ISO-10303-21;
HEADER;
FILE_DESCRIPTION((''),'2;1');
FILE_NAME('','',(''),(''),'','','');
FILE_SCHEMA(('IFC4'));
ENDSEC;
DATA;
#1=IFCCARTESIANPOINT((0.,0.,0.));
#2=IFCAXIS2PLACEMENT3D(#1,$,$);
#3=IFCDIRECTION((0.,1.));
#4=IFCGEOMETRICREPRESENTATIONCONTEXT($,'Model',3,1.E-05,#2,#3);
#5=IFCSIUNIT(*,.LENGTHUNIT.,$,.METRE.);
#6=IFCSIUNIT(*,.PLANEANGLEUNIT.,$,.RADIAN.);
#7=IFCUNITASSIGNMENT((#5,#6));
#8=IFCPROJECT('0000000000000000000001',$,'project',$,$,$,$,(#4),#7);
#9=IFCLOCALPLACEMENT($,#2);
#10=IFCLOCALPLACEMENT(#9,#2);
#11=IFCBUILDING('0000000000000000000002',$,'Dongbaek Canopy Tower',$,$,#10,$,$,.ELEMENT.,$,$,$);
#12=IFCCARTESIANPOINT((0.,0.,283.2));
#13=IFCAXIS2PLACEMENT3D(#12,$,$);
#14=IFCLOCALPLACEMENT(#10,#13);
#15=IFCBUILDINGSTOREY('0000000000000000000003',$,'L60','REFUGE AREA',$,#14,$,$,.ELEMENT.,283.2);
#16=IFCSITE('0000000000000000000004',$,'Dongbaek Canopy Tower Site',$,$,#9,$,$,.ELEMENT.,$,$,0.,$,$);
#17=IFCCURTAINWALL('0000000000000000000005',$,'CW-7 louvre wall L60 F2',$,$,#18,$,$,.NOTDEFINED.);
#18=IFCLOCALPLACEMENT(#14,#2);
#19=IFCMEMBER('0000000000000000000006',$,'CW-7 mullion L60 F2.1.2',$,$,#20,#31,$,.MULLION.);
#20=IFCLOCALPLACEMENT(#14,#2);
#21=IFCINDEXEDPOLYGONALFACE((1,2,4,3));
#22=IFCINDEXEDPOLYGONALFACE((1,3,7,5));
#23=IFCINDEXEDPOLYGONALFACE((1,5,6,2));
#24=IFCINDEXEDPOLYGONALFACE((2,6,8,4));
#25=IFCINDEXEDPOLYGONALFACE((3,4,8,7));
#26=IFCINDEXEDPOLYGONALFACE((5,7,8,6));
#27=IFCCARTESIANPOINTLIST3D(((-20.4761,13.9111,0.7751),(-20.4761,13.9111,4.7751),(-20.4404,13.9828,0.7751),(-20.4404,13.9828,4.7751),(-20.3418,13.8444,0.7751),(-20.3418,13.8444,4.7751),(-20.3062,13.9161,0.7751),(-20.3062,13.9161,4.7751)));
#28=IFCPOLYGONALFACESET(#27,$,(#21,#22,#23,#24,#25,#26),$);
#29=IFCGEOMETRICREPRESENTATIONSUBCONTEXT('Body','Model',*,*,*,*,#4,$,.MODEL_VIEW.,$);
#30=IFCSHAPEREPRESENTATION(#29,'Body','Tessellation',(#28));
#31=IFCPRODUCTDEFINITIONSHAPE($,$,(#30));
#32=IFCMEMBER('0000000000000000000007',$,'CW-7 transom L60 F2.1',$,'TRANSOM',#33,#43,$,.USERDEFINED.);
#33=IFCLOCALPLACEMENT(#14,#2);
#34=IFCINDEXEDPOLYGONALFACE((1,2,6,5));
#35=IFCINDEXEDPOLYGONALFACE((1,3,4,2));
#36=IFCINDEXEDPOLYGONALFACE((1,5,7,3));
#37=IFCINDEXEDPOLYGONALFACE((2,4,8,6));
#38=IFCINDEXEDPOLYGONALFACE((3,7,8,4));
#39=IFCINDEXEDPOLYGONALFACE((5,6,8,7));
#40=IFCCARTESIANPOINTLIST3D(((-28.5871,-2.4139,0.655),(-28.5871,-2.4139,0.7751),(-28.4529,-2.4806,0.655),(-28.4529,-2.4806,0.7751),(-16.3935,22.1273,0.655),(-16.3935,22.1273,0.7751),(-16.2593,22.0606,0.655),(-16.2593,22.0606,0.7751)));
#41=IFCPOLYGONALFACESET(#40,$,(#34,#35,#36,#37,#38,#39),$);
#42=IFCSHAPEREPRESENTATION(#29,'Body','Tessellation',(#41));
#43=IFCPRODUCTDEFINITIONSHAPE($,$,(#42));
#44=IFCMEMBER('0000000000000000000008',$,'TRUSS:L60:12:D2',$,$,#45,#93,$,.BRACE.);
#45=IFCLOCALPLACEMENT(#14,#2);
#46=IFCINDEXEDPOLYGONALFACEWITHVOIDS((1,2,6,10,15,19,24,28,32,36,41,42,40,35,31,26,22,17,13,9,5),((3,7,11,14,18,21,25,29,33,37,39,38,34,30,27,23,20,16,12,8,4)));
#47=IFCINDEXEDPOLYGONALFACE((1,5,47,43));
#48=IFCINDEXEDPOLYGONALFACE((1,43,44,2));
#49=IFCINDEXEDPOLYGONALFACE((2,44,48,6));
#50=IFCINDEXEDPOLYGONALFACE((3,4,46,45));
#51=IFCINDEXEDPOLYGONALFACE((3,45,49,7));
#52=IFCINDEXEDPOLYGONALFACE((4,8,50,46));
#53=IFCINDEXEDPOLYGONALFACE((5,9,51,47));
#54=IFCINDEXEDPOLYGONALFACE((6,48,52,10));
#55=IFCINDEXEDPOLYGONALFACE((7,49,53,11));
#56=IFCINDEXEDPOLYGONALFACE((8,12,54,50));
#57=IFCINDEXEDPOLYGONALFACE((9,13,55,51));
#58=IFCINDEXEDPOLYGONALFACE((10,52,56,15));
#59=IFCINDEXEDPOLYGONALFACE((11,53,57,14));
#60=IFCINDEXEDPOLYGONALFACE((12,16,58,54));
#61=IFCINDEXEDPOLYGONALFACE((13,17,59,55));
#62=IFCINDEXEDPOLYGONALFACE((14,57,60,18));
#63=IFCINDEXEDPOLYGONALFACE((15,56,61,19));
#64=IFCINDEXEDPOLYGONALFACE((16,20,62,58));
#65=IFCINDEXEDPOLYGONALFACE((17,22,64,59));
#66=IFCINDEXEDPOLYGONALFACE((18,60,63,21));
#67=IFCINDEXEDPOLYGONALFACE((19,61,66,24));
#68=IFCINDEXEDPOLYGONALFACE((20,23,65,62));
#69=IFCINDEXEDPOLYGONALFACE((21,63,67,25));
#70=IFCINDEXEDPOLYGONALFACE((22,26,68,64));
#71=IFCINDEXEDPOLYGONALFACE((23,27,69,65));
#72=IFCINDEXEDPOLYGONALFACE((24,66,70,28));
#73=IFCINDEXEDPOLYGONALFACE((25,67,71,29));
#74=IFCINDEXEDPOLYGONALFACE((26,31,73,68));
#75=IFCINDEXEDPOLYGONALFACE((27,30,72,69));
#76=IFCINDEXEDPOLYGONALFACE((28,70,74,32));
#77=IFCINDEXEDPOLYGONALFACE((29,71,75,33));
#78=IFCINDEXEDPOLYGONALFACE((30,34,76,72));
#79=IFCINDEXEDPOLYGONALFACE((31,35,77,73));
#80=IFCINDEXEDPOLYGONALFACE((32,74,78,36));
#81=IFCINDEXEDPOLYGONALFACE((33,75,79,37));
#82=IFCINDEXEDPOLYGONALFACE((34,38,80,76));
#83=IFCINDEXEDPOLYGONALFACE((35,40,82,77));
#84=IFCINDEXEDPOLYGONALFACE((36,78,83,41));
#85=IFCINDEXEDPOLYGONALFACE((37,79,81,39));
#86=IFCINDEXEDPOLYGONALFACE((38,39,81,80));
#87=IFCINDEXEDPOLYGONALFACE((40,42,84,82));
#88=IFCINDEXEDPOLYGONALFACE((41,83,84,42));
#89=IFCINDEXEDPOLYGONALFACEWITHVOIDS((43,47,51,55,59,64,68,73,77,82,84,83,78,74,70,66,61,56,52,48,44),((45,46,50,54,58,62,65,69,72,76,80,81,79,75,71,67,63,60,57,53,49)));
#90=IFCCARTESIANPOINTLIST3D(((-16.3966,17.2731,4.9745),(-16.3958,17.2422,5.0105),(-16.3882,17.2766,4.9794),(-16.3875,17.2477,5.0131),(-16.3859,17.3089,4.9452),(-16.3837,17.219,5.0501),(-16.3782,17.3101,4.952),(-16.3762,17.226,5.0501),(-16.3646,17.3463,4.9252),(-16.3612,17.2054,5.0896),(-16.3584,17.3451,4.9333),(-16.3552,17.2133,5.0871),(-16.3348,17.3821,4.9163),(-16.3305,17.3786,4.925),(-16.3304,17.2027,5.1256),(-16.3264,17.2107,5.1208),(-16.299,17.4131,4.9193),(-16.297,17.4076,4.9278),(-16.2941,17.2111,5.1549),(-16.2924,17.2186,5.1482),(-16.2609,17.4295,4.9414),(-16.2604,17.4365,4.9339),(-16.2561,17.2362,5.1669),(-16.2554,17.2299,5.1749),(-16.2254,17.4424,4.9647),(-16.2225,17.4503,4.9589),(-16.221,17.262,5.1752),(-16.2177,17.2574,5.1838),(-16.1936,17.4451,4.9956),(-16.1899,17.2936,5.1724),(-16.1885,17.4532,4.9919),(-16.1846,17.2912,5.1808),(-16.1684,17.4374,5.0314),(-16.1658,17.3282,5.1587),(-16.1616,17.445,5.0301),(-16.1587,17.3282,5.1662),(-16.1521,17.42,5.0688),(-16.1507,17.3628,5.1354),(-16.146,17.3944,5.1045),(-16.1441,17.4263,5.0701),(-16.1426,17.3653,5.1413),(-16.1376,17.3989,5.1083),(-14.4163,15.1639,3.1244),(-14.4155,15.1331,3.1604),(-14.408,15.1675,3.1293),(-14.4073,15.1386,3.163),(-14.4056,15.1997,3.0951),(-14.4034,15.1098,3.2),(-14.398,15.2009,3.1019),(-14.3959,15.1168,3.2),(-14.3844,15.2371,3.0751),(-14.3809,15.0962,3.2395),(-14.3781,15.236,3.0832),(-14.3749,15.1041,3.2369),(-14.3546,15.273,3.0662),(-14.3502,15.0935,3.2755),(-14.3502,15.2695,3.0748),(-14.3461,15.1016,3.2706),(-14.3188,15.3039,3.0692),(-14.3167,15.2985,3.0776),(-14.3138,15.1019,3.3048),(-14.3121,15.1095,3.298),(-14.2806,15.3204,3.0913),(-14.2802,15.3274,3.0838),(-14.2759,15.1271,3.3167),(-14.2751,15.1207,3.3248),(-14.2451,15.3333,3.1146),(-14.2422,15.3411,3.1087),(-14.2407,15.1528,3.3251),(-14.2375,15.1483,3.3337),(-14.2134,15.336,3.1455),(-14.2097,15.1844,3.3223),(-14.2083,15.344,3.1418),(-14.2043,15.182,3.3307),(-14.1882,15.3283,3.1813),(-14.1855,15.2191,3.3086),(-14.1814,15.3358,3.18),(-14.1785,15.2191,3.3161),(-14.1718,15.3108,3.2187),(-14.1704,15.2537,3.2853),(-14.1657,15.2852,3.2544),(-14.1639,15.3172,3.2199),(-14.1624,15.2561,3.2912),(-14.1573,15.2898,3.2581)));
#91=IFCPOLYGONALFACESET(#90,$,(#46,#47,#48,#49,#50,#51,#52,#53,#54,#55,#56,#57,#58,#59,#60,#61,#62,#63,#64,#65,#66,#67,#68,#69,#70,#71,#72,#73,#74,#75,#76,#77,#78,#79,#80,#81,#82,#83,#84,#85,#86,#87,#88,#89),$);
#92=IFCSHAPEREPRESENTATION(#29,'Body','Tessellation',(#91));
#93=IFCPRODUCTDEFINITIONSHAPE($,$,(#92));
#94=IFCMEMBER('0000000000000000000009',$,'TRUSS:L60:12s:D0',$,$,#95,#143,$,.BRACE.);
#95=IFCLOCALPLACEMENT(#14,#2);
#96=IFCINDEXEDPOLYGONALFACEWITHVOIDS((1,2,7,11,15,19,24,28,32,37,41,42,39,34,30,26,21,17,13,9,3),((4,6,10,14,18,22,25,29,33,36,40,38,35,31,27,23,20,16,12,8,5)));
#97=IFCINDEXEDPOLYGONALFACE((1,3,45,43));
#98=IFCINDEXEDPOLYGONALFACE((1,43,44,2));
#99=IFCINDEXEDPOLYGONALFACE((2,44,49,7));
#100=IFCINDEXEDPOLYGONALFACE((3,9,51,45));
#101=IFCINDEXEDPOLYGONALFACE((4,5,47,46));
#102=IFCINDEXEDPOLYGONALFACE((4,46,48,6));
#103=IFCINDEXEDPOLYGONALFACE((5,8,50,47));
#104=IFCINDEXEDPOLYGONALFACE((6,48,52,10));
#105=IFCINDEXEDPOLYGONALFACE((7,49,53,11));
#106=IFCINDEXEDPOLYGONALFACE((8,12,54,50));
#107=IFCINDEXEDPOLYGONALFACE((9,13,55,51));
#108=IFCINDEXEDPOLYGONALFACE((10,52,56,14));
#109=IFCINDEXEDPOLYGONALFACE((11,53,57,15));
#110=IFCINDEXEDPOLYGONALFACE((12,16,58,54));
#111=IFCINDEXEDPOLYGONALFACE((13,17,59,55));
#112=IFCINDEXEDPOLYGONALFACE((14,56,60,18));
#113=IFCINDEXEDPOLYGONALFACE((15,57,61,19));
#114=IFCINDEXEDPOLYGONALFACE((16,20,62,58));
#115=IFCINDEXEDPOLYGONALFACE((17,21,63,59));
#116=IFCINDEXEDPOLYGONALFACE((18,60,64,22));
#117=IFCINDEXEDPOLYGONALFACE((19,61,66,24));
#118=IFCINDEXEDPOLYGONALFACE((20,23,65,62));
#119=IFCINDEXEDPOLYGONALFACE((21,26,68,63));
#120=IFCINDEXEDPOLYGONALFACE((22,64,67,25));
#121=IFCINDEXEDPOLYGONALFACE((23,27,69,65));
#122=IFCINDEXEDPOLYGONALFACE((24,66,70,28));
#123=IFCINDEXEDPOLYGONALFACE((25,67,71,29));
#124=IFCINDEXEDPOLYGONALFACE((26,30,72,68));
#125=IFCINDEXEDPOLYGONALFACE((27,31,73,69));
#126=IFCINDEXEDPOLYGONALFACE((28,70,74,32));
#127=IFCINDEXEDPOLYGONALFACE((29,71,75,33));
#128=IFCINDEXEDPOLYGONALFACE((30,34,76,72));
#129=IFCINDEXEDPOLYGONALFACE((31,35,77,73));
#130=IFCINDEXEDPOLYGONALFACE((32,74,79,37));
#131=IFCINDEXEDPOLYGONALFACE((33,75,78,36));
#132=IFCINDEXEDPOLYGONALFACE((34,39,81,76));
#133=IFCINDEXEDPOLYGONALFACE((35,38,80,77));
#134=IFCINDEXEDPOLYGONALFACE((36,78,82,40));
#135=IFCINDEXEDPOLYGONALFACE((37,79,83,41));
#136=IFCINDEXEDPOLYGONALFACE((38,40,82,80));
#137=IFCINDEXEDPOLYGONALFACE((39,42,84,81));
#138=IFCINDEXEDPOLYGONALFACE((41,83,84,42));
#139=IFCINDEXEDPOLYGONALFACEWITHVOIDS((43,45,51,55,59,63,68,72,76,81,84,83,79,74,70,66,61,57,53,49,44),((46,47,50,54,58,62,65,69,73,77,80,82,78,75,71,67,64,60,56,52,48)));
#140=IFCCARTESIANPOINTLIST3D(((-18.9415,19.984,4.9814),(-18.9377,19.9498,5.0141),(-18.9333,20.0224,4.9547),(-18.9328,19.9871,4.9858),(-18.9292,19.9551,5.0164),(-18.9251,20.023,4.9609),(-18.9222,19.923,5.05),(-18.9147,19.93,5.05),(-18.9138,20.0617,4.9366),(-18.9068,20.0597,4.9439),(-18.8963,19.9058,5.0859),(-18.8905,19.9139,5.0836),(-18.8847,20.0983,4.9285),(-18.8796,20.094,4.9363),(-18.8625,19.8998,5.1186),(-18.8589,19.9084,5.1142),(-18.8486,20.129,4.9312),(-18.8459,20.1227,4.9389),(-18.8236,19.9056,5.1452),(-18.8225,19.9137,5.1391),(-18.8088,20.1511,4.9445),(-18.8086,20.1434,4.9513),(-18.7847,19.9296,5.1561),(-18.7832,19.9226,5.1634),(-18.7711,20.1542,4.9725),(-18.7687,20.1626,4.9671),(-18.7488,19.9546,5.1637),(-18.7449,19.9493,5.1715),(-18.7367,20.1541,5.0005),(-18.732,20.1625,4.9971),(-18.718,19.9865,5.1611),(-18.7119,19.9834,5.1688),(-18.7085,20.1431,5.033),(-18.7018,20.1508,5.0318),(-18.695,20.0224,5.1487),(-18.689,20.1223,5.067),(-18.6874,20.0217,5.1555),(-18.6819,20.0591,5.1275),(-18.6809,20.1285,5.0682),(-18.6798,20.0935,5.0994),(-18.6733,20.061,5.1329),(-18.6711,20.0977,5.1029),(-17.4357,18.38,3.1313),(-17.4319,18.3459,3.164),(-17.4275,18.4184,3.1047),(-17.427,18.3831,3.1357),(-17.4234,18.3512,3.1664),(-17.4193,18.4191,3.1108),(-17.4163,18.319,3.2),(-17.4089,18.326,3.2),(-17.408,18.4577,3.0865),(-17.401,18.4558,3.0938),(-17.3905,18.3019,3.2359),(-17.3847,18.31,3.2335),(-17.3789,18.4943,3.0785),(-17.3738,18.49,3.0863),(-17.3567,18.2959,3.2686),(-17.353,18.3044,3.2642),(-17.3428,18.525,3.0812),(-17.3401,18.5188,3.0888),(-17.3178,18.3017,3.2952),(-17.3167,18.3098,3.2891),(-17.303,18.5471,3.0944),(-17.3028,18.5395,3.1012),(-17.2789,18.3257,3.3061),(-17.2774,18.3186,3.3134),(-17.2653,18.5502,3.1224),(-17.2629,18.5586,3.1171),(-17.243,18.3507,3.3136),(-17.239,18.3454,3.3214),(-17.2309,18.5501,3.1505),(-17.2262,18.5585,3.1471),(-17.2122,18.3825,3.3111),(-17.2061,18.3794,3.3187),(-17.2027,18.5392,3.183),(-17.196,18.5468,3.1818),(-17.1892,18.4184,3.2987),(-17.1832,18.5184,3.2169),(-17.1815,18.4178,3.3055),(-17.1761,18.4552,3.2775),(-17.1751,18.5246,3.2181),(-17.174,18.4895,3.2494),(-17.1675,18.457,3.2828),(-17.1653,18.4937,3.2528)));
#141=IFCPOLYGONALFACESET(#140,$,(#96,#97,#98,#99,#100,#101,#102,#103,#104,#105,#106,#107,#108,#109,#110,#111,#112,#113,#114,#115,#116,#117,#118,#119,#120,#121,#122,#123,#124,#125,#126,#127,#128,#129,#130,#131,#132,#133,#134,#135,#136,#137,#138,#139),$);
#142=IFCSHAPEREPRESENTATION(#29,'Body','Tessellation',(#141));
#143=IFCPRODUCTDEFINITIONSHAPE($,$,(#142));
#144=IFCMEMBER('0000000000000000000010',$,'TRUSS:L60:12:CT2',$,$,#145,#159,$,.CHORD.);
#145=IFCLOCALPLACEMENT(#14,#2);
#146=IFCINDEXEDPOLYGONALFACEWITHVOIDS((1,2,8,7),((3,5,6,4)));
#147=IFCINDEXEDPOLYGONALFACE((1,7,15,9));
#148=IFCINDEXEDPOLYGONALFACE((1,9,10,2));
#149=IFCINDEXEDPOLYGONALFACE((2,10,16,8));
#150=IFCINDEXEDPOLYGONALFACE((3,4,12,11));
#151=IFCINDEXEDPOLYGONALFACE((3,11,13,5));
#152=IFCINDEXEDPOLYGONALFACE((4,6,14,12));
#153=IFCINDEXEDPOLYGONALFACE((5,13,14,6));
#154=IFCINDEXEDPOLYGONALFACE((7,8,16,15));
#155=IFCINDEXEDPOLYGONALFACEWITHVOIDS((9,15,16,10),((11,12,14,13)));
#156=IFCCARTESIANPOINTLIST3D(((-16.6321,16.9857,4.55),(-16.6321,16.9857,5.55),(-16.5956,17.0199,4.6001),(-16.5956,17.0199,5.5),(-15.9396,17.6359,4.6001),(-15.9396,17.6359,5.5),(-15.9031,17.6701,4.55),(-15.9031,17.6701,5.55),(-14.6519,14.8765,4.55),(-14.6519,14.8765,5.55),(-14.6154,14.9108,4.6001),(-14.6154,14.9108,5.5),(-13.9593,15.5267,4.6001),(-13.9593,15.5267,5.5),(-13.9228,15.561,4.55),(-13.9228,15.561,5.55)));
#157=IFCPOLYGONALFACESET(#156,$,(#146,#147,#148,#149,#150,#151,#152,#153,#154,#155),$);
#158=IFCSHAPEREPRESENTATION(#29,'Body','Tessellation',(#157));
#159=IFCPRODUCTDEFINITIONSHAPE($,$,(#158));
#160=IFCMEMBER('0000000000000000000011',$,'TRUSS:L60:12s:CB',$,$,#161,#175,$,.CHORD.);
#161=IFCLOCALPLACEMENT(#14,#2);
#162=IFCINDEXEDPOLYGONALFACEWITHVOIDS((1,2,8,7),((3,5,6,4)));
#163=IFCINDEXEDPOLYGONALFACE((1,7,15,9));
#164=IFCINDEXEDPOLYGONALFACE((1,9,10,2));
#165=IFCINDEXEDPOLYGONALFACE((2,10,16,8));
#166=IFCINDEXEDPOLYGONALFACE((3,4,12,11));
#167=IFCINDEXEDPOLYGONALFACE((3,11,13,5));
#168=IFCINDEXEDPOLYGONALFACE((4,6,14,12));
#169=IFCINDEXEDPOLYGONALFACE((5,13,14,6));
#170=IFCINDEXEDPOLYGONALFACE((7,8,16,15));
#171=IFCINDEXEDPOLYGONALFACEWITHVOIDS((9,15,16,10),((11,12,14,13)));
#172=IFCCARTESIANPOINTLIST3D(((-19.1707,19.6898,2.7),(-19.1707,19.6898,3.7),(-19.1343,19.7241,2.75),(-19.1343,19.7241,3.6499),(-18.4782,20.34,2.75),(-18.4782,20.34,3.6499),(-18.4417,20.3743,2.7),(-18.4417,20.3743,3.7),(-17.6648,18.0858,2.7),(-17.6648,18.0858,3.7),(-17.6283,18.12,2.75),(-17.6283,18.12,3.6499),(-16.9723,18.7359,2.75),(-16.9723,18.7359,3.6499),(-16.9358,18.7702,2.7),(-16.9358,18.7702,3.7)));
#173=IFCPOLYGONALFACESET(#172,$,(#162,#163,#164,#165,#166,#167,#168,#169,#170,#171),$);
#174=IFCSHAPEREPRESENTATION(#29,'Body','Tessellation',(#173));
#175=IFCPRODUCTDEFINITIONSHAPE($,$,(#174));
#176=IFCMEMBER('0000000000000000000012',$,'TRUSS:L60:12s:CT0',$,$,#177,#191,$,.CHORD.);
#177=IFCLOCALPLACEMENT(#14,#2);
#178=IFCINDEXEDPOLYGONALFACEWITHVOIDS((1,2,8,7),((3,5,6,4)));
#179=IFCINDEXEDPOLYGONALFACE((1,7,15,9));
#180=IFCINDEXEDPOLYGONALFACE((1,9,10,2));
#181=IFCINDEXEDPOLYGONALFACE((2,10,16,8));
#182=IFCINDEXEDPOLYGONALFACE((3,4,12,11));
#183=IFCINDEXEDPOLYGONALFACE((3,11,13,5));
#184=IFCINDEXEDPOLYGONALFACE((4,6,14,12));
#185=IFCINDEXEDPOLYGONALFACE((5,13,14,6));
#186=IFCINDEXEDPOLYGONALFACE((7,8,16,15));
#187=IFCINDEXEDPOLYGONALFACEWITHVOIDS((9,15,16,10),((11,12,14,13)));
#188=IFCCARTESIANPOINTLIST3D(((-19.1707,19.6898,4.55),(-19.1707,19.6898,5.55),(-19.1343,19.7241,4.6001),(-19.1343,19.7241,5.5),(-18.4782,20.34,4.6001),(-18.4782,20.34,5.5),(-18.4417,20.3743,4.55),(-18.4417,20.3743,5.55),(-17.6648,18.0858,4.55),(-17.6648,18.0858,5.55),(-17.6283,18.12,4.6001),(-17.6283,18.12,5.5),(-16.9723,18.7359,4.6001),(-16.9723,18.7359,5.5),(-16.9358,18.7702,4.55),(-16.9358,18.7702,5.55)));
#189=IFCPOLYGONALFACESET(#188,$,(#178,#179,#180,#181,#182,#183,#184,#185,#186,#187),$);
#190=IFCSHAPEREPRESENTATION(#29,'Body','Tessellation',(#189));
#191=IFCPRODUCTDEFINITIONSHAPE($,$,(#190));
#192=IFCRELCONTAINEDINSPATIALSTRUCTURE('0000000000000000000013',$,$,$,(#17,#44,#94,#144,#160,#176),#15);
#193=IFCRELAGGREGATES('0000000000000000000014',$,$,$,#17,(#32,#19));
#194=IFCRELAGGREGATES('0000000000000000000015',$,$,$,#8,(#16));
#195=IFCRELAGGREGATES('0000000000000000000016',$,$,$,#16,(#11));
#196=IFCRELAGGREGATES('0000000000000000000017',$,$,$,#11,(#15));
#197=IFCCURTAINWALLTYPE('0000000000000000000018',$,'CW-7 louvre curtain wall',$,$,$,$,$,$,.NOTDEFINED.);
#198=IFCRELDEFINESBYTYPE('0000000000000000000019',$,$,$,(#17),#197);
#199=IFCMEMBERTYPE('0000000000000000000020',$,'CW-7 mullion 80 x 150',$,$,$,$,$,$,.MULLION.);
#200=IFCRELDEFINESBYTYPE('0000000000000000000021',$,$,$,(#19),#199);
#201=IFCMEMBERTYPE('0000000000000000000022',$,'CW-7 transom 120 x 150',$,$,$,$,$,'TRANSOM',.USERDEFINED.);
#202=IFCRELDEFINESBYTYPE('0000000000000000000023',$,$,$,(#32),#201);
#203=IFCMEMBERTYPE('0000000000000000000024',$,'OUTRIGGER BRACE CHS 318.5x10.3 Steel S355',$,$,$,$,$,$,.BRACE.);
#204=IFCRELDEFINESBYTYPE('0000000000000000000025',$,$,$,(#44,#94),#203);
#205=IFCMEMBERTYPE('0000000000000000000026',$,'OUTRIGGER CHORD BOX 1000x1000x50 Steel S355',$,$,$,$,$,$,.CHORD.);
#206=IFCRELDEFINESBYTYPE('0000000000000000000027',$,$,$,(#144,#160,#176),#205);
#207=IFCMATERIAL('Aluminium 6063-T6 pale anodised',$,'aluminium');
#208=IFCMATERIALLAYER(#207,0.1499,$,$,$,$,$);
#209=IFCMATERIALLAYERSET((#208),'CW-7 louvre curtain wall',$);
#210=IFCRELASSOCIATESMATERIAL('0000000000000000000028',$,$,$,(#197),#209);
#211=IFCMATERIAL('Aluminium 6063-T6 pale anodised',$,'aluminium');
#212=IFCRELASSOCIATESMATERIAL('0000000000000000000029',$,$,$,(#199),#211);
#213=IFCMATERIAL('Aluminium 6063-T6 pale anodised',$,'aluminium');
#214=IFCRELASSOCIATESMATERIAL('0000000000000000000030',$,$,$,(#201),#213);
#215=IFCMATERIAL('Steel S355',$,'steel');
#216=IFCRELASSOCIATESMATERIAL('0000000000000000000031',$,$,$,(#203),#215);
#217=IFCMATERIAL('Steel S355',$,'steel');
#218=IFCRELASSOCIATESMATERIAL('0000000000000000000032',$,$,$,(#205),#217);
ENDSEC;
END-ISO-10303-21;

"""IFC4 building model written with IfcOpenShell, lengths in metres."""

from ifc_helpers import new_model, si_unit, direction, frame, origin, origin_2d, place, context, subcontext, project, spatial, rectangle, hollow_rectangle, hollow_circle, extrude, material, layer, layer_set, material_profile, profile_set, type_object, element, aggregate, save


model = new_model("IFC4")

# Units and contexts
model_context = context("Model", 3, precision=1e-05, world=origin(), true_north=direction((0.0, 1.0)))
body_context = subcontext(model_context, "Body", "Model", "MODEL_VIEW")
ifc_project = project(units=[si_unit("LENGTHUNIT", "METRE"), si_unit("PLANEANGLEUNIT", "RADIAN")], contexts=[model_context])

# Site, building, storey
site_placement = place(None, origin())
site = spatial("IfcSite", under=ifc_project, at=site_placement, Name="Dongbaek Canopy Tower Site", CompositionType="ELEMENT", RefElevation=0.0)
building_placement = place(site_placement, origin())
building = spatial("IfcBuilding", under=site, at=building_placement, Name="Dongbaek Canopy Tower", CompositionType="ELEMENT")
storey_placement = place(building_placement, frame((0.0, 0.0, 283.2)))
storey = spatial("IfcBuildingStorey", under=building, at=storey_placement, Name="L60", Description="REFUGE AREA", CompositionType="ELEMENT", Elevation=283.2)

# Shared definitions
ifc_material_1 = material(Name="Aluminium 6063-T6 pale anodised", Category="aluminium")
ifc_layer_1 = layer(ifc_material_1, 0.1499)
ifc_layer_set_1 = layer_set([ifc_layer_1], Name="CW-7 louvre curtain wall")
curtain_wall_type = type_object("IfcCurtainWallType", Name="CW-7 louvre curtain wall", PredefinedType="NOTDEFINED", material=ifc_layer_set_1)
ifc_material_2 = material(Name="Aluminium 6063-T6 pale anodised", Category="aluminium")
ifc_material_profile_1 = material_profile(ifc_material_2, rectangle(XDim=0.1499, YDim=0.0801, at=origin_2d()), Name="CW-7 mullion 80 x 150")
ifc_profile_set_1 = profile_set([ifc_material_profile_1], Name="Aluminium 6063-T6 pale anodised")
member_type_1 = type_object("IfcMemberType", Name="CW-7 mullion 80 x 150", PredefinedType="MULLION", material=ifc_profile_set_1)

# Curtain wall, members
curtain_wall_1_placement = place(storey_placement, origin())
curtain_wall_1 = element("IfcCurtainWall", 1, at=curtain_wall_1_placement, inside=storey, type_object=curtain_wall_type, Name="CW-7 louvre wall L60 F2", PredefinedType="NOTDEFINED")
member_1_placement = place(storey_placement, frame((-20.3911, 13.9136, 0.7751), z_axis=(0.0, 0.0, 1.0), x_axis=(-0.895549, 0.444962, 0.0)))
member_1 = element("IfcMember", 2, at=member_1_placement, type_object=member_type_1, Name="CW-7 mullion L60 F2.1.2", PredefinedType="MULLION", context=body_context, shape_type="SweptSolid", body=[
    extrude(rectangle(XDim=0.1499, YDim=0.0801, at=origin_2d()), origin(), (0.0, 0.0, 1.0), 4.0),
])
ifc_material_3 = material(Name="Aluminium 6063-T6 pale anodised", Category="aluminium")
ifc_material_profile_2 = material_profile(ifc_material_3, rectangle(XDim=0.1499, YDim=0.1201, at=origin_2d()), Name="CW-7 transom 120 x 150")
ifc_profile_set_2 = profile_set([ifc_material_profile_2], Name="Aluminium 6063-T6 pale anodised")
member_type_2 = type_object("IfcMemberType", Name="CW-7 transom 120 x 150", ElementType="TRANSOM", PredefinedType="USERDEFINED", material=ifc_profile_set_2)
member_2_placement = place(storey_placement, frame((-16.3264, 22.094, 0.7151), z_axis=(-0.444964, -0.895549, 0.0), x_axis=(0.895549, -0.444964, 0.0)))
member_2 = element("IfcMember", 3, at=member_2_placement, type_object=member_type_2, Name="CW-7 transom L60 F2.1", ObjectType="TRANSOM", PredefinedType="USERDEFINED", context=body_context, shape_type="SweptSolid", body=[
    extrude(rectangle(XDim=0.1499, YDim=0.1201, at=origin_2d()), origin(), (0.0, 0.0, 1.0), 27.4036),
])

# Members
ifc_material_4 = material(Name="Steel S355", Category="steel")
ifc_material_profile_3 = material_profile(ifc_material_4, hollow_circle(Radius=0.1592, WallThickness=0.0103, at=origin_2d()), Name="OUTRIGGER BRACE CHS 318.5x10.3 Steel S355")
ifc_profile_set_3 = profile_set([ifc_material_profile_3], Name="Steel S355")
member_type_3 = type_object("IfcMemberType", Name="OUTRIGGER BRACE CHS 318.5x10.3 Steel S355", PredefinedType="BRACE", material=ifc_profile_set_3)
member_3_placement = place(storey_placement, frame((-14.2874, 15.2188, 3.2), z_axis=(-0.576647, 0.614185, 0.538754), x_axis=(-0.729034, -0.684477, 0.0)))
element("IfcMember", 4, at=member_3_placement, inside=storey, type_object=member_type_3, Name="TRUSS:L60:12:D2", PredefinedType="BRACE", context=body_context, shape_type="SweptSolid", body=[
    extrude(hollow_circle(Radius=0.1592, WallThickness=0.0103, at=origin_2d()), origin(), (0.0, 0.0, 1.0), 3.4341),
])
member_4_placement = place(storey_placement, frame((-17.3003, 18.428, 3.2), z_axis=(-0.523851, 0.557993, 0.643603), x_axis=(-0.729059, -0.68445, 0.0)))
element("IfcMember", 5, at=member_4_placement, inside=storey, type_object=member_type_3, Name="TRUSS:L60:12s:D0", PredefinedType="BRACE", context=body_context, shape_type="SweptSolid", body=[
    extrude(hollow_circle(Radius=0.1592, WallThickness=0.0103, at=origin_2d()), origin(), (0.0, 0.0, 1.0), 2.8745),
])
ifc_material_5 = material(Name="Steel S355", Category="steel")
ifc_material_profile_4 = material_profile(ifc_material_5, hollow_rectangle(XDim=1.0, YDim=1.0, WallThickness=0.05, at=origin_2d()), Name="OUTRIGGER CHORD BOX 1000x1000x50 Steel S355")
ifc_profile_set_4 = profile_set([ifc_material_profile_4], Name="Steel S355")
member_type_4 = type_object("IfcMemberType", Name="OUTRIGGER CHORD BOX 1000x1000x50 Steel S355", PredefinedType="CHORD", material=ifc_profile_set_4)
member_5_placement = place(storey_placement, frame((-14.2874, 15.2188, 5.05), z_axis=(-0.684477, 0.729034, 0.0), x_axis=(-0.729034, -0.684477, 0.0)))
element("IfcMember", 6, at=member_5_placement, inside=storey, type_object=member_type_4, Name="TRUSS:L60:12:CT2", PredefinedType="CHORD", context=body_context, shape_type="SweptSolid", body=[
    extrude(hollow_rectangle(XDim=1.0, YDim=1.0, WallThickness=0.05, at=origin_2d()), origin(), (0.0, 0.0, 1.0), 2.8931),
])
for number, where, z_axis, x_axis, name in (
    (7, (-17.3003, 18.428, 3.2), (-0.68445, 0.729059, 0.0), (-0.729059, -0.68445, 0.0), "TRUSS:L60:12s:CB"),
    (8, (-17.3003, 18.428, 5.05), (-0.68445, 0.729059, 0.0), (-0.729059, -0.68445, 0.0), "TRUSS:L60:12s:CT0"),
):
    element("IfcMember", number, at=place(storey_placement, frame(where, z_axis=z_axis, x_axis=x_axis)), inside=storey, type_object=member_type_4, Name=name, PredefinedType="CHORD", context=body_context, shape_type="SweptSolid", body=[
        extrude(hollow_rectangle(XDim=1.0, YDim=1.0, WallThickness=0.05, at=origin_2d()), origin(), (0.0, 0.0, 1.0), 2.2002),
    ])

aggregate(curtain_wall_1, [member_2, member_1])

save(model, "model.ifc")
